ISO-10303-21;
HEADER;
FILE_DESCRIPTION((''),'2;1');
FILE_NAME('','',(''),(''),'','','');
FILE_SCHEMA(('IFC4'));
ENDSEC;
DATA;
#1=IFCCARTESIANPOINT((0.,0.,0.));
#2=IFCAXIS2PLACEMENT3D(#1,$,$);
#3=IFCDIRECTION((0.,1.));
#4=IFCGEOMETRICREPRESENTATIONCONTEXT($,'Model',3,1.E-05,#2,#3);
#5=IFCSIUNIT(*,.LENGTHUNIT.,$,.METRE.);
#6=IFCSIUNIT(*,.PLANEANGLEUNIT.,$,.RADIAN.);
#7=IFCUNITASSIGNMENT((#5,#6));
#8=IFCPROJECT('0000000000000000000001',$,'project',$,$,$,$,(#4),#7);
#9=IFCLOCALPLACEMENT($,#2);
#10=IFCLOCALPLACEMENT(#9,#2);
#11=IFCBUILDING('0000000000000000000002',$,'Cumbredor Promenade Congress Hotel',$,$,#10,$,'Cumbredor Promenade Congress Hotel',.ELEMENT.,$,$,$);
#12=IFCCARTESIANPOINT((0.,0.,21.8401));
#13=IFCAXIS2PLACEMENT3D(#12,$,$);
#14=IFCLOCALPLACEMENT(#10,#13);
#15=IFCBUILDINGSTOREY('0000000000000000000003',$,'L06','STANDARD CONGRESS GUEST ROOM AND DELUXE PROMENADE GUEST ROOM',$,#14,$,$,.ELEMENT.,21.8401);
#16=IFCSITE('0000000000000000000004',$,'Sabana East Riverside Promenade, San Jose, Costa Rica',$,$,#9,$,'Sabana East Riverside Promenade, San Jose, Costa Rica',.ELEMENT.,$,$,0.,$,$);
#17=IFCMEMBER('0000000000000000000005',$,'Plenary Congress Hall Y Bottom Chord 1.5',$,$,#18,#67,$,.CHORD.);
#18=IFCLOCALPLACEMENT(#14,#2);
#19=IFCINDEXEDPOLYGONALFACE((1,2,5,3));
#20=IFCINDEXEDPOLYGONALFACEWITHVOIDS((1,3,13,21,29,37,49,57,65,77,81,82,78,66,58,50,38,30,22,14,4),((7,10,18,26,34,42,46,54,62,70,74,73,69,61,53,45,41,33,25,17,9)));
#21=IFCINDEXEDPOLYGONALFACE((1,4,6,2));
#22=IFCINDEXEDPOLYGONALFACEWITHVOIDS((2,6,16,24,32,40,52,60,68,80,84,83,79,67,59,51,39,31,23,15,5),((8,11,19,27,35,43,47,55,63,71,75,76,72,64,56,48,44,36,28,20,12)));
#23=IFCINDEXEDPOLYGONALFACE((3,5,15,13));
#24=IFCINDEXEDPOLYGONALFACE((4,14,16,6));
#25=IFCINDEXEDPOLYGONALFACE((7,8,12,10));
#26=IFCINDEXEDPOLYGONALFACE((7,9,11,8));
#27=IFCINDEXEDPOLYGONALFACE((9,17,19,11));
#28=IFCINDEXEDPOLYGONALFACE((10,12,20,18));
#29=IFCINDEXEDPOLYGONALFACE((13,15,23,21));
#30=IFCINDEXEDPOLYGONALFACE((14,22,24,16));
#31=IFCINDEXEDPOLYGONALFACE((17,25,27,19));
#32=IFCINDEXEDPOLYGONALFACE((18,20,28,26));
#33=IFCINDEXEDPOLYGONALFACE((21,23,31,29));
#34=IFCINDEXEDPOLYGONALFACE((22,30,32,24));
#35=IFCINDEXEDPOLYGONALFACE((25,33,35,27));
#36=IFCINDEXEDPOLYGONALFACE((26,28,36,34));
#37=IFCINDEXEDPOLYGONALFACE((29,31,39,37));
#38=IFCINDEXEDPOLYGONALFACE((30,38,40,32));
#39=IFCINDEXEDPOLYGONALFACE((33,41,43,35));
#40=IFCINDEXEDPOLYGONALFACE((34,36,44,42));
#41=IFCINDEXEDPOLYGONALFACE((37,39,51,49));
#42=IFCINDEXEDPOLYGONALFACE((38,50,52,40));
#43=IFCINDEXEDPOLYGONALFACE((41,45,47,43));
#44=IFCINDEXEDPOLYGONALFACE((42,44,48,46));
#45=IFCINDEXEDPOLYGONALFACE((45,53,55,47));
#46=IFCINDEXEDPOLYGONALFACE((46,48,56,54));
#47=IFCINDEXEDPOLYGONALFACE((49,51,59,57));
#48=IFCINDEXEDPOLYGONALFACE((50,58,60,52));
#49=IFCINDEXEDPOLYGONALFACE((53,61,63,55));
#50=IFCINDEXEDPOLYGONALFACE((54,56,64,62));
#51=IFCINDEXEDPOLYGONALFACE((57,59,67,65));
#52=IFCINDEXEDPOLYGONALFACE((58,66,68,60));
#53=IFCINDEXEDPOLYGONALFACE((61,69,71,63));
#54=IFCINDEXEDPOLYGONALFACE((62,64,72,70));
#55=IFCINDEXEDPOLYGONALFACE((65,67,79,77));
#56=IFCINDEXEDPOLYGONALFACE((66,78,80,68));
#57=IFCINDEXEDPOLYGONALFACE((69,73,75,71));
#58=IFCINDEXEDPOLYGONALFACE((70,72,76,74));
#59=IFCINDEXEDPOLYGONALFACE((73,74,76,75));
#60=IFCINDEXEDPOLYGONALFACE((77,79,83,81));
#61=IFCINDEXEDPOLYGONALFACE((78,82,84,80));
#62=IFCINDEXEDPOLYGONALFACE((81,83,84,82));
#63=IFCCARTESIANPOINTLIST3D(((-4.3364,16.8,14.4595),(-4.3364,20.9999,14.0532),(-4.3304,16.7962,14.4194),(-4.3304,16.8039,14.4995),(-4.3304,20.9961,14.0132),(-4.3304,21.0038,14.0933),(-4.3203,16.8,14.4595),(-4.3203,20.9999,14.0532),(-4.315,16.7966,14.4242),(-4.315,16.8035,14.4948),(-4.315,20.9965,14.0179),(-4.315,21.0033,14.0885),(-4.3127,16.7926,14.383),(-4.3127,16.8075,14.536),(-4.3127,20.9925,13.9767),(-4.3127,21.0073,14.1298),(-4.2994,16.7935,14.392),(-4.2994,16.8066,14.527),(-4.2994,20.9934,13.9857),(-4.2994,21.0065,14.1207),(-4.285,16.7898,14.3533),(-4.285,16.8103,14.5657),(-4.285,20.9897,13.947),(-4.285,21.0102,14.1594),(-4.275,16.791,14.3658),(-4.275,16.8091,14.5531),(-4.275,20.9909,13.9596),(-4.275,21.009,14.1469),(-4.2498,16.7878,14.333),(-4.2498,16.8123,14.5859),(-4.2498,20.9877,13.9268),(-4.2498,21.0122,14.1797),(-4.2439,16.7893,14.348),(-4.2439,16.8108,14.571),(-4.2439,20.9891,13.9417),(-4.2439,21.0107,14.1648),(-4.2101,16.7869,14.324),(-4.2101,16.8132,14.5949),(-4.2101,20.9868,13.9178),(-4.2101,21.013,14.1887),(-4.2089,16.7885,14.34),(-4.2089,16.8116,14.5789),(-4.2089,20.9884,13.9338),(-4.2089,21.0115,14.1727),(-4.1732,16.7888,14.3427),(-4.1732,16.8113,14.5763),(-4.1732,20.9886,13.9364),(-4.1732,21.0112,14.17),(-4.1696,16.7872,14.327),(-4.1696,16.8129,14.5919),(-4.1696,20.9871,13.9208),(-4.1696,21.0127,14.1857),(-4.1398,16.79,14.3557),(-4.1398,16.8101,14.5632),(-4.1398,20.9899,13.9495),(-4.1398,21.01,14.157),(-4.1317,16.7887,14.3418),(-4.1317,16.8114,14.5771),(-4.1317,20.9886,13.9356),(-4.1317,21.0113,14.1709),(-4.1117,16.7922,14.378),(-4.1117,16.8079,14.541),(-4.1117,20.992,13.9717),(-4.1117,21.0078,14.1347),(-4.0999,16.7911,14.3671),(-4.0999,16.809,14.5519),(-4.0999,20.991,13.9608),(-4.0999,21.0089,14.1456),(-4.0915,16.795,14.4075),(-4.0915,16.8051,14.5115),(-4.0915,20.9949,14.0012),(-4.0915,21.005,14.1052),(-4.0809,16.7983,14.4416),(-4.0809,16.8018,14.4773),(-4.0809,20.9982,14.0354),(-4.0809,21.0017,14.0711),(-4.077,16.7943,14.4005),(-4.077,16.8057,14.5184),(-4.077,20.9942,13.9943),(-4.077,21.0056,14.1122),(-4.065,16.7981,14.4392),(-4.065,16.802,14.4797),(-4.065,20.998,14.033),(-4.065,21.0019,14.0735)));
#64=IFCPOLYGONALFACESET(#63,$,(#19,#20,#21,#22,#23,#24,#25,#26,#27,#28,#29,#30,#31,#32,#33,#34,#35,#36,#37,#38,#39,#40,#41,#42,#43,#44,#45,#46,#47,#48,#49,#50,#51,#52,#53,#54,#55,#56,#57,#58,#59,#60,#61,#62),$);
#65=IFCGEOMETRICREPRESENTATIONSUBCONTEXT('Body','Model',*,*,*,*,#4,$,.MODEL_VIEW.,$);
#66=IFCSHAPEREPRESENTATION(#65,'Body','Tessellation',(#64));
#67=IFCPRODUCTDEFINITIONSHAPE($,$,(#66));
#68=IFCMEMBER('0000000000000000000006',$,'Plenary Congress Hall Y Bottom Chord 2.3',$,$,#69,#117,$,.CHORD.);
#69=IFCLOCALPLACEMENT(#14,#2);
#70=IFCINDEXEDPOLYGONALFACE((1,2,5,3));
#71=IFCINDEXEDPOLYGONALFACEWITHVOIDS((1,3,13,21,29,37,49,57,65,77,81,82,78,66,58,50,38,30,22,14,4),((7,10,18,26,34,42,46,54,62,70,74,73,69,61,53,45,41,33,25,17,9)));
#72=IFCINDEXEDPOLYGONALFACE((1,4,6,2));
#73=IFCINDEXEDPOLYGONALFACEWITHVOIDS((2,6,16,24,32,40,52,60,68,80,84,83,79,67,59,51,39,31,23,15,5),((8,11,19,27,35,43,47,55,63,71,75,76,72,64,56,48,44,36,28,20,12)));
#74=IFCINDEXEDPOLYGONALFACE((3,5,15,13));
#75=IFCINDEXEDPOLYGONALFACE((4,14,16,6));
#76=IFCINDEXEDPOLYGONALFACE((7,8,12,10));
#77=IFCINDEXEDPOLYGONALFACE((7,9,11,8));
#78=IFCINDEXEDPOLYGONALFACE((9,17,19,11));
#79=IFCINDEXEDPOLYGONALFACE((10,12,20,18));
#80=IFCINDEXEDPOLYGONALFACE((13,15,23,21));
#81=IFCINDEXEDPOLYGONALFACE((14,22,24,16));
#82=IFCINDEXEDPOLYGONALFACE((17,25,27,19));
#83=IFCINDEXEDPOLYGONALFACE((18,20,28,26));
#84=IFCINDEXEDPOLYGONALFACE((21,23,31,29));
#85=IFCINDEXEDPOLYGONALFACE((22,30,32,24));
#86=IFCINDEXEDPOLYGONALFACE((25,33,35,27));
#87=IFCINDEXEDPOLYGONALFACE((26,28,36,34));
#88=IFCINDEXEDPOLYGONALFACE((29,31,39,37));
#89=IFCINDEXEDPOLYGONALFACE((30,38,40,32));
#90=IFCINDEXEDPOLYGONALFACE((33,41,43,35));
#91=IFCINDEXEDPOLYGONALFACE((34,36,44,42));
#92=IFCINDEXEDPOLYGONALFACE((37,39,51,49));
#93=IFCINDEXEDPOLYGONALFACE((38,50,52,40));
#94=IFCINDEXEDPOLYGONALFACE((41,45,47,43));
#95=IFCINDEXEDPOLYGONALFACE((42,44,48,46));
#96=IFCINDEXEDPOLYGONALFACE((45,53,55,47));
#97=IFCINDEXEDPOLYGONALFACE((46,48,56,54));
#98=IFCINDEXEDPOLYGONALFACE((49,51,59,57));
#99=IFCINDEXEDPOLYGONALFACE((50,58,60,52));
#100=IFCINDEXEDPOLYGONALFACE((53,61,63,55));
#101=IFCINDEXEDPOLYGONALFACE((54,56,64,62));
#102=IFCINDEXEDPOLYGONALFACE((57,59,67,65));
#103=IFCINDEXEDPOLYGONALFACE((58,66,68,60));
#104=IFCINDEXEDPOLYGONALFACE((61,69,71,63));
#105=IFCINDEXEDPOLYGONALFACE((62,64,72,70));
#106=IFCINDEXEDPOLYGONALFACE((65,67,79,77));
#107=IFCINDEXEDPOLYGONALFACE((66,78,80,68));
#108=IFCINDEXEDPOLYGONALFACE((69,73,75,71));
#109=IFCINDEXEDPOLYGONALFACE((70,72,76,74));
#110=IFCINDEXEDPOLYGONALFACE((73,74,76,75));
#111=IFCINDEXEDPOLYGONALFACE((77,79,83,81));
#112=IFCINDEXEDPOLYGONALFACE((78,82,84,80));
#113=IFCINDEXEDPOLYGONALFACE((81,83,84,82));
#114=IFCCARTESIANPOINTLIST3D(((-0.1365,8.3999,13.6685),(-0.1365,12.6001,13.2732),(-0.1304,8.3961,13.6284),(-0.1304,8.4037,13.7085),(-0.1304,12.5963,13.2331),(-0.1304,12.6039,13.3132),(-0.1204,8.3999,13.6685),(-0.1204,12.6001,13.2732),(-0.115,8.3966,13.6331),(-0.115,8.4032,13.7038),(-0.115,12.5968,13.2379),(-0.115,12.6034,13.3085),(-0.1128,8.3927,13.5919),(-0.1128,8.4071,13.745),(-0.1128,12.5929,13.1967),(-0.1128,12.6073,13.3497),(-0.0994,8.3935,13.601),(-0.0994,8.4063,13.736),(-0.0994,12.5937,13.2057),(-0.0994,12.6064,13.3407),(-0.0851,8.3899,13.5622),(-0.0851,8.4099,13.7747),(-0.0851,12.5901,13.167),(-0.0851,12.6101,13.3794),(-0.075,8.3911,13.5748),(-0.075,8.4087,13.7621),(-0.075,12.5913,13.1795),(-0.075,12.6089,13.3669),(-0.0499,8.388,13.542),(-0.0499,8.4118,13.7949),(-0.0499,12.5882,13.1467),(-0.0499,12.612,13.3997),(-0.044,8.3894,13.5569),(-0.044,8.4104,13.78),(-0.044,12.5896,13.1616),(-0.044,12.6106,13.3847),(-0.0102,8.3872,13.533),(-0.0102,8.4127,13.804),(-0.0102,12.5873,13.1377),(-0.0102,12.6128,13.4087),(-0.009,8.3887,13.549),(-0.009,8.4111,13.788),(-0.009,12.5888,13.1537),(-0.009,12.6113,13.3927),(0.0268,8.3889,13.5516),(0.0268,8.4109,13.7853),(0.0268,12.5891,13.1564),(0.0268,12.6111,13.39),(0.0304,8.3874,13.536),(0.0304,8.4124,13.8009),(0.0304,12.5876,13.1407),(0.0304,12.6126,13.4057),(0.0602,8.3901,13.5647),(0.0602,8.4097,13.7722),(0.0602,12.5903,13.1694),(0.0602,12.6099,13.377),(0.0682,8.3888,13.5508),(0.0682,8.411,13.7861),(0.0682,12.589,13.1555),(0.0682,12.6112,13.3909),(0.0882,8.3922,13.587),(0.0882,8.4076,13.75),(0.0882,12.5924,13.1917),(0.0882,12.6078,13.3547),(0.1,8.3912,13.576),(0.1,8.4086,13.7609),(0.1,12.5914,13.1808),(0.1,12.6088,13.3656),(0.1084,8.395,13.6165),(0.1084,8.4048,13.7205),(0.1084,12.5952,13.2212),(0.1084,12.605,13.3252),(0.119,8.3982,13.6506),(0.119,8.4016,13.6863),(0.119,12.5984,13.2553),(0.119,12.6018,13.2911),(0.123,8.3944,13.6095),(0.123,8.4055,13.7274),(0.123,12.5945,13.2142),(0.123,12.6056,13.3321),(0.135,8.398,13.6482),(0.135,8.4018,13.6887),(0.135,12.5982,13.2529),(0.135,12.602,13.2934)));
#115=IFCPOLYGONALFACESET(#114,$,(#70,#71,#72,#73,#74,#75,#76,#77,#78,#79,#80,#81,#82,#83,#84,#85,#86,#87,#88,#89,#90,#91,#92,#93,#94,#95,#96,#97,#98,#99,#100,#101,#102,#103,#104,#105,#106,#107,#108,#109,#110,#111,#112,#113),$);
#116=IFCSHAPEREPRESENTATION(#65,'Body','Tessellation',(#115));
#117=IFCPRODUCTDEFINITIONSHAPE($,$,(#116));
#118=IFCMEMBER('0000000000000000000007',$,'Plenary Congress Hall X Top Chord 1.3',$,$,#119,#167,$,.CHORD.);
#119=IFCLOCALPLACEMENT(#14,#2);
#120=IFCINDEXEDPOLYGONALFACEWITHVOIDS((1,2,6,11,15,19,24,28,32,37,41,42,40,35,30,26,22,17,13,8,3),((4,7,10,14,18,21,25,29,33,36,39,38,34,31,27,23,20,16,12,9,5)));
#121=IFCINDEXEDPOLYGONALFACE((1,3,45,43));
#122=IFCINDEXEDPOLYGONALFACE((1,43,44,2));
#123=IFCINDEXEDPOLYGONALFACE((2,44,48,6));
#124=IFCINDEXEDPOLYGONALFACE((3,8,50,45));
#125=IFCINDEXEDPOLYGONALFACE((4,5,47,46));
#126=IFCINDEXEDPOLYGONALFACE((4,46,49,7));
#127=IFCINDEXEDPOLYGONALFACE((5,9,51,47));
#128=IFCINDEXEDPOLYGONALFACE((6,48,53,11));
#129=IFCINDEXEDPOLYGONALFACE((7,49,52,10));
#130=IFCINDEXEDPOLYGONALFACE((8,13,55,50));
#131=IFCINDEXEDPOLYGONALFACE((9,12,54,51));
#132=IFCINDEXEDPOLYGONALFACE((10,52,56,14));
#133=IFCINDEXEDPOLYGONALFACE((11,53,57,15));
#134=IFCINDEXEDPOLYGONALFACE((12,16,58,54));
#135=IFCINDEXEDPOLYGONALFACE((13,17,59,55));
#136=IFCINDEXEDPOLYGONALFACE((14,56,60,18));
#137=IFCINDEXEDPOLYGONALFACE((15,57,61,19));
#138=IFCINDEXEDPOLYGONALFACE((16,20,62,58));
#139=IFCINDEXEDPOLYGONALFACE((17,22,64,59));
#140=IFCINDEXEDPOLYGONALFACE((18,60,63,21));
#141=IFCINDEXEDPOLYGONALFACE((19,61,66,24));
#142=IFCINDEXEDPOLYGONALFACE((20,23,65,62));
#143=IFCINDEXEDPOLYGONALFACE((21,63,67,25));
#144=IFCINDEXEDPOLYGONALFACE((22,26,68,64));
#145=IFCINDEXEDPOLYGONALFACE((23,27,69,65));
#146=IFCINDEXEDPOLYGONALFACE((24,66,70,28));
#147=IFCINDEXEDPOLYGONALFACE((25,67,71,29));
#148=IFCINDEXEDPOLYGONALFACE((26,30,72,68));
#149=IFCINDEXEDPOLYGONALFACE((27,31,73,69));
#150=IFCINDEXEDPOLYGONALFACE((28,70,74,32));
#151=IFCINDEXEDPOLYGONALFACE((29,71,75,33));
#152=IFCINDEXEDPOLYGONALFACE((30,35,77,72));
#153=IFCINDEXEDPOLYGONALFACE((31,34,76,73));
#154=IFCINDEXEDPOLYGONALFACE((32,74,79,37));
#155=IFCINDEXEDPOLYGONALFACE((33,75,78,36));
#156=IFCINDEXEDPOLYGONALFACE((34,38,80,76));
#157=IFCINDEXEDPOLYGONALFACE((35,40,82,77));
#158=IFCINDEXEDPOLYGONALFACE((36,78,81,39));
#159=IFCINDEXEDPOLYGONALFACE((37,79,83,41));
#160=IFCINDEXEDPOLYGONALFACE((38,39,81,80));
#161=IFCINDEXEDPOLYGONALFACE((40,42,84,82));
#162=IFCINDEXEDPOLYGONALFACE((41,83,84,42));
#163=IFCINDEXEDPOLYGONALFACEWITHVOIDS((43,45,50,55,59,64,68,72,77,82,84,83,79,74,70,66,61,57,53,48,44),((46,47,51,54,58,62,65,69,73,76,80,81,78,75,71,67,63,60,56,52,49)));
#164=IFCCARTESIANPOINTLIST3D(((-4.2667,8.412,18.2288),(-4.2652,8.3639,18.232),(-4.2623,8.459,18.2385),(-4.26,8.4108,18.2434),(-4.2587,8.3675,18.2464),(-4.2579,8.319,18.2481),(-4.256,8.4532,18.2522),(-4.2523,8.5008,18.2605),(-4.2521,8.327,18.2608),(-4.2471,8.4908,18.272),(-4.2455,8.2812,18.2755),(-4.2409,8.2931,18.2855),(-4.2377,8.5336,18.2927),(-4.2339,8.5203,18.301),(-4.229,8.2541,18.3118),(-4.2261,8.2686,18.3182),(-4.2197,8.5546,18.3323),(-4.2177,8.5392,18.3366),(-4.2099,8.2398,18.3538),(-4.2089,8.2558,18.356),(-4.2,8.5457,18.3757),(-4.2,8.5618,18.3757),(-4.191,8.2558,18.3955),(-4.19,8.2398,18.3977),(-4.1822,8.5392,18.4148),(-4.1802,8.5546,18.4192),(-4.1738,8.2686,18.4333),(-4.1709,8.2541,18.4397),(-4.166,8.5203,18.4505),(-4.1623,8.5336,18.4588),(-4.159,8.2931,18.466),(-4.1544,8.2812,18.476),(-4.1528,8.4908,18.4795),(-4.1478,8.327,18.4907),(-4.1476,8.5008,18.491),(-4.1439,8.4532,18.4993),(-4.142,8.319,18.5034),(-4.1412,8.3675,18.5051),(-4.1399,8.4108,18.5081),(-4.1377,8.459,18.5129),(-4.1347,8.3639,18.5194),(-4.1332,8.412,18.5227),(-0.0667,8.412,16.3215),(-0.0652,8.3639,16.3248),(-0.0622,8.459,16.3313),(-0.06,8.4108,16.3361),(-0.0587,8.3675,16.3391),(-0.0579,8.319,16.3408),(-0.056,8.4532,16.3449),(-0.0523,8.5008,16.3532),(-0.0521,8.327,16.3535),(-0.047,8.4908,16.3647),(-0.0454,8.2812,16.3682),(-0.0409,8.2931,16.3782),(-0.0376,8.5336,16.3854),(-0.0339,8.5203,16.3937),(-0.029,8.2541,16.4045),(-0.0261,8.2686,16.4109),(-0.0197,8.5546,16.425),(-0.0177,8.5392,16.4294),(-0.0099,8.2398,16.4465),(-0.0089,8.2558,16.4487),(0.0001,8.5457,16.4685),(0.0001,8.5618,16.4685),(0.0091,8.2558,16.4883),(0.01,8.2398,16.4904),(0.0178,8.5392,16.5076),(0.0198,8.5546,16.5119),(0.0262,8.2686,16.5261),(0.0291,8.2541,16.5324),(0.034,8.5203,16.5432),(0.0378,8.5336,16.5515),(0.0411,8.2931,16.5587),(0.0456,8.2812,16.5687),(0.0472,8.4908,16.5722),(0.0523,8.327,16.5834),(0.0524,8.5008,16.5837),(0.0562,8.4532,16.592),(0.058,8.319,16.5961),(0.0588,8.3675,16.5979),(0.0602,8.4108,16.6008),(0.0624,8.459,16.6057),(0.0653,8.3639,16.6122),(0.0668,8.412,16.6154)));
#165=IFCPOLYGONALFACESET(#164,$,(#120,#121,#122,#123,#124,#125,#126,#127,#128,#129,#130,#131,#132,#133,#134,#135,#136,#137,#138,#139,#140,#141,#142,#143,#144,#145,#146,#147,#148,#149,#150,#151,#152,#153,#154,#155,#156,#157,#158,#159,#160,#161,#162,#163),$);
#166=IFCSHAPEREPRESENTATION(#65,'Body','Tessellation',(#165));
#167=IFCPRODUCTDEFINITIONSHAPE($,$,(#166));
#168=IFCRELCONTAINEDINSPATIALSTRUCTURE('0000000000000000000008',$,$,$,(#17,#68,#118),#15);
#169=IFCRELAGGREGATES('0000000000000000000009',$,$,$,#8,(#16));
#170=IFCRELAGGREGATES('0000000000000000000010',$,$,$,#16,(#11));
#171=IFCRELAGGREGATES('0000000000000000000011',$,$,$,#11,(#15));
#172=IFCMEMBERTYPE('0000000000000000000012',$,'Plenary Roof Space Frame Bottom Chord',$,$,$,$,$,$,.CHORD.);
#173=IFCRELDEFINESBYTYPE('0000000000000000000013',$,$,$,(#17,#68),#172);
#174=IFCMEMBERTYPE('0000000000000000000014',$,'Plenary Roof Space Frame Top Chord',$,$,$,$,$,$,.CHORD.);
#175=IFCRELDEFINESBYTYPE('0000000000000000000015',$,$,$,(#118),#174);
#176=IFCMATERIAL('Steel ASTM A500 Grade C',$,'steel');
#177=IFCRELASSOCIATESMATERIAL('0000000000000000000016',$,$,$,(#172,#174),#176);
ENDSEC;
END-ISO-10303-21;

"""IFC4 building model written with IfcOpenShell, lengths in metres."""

from ifc_helpers import new_model, si_unit, direction, frame, origin, origin_2d, place, context, subcontext, project, spatial, hollow_circle, extrude, material, material_profile, profile_set, type_object, element, save


model = new_model("IFC4")

# Units and contexts
model_context = context("Model", 3, precision=1e-05, world=origin(), true_north=direction((0.0, 1.0)))
body_context = subcontext(model_context, "Body", "Model", "MODEL_VIEW")
ifc_project = project(units=[si_unit("LENGTHUNIT", "METRE"), si_unit("PLANEANGLEUNIT", "RADIAN")], contexts=[model_context])

# Site, building, storey
site_placement = place(None, origin())
site = spatial("IfcSite", under=ifc_project, at=site_placement, Name="Sabana East Riverside Promenade, San Jose, Costa Rica", LongName="Sabana East Riverside Promenade, San Jose, Costa Rica", CompositionType="ELEMENT", RefElevation=0.0)
building_placement = place(site_placement, origin())
building = spatial("IfcBuilding", under=site, at=building_placement, Name="Cumbredor Promenade Congress Hotel", LongName="Cumbredor Promenade Congress Hotel", CompositionType="ELEMENT")
storey_placement = place(building_placement, frame((0.0, 0.0, 21.8401)))
storey = spatial("IfcBuildingStorey", under=building, at=storey_placement, Name="L06", Description="STANDARD CONGRESS GUEST ROOM AND DELUXE PROMENADE GUEST ROOM", CompositionType="ELEMENT", Elevation=21.8401)

# Members
ifc_material_1 = material(Name="Steel ASTM A500 Grade C", Category="steel")
ifc_material_profile_1 = material_profile(ifc_material_1, hollow_circle(Radius=0.1365, WallThickness=0.0161, at=origin_2d()), Name="CHS 273.0x16")
ifc_profile_set_1 = profile_set([ifc_material_profile_1], Name="Steel ASTM A500 Grade C")
member_type_1 = type_object("IfcMemberType", Name="Plenary Roof Space Frame Bottom Chord", PredefinedType="CHORD", material=ifc_profile_set_1)
member_1_placement = place(storey_placement, frame((-4.2, 16.8, 14.4595), z_axis=(0.0, 0.995354, -0.096278), x_axis=(-1.0, 0.0, 0.0)))
element("IfcMember", 1, at=member_1_placement, inside=storey, type_object=member_type_1, Name="Plenary Congress Hall Y Bottom Chord 1.5", PredefinedType="CHORD", context=body_context, shape_type="SweptSolid", body=[
    extrude(hollow_circle(Radius=0.1365, WallThickness=0.0161, at=origin_2d()), origin(), (0.0, 0.0, 1.0), 4.2195),
])
member_2_placement = place(storey_placement, frame((0.0, 8.3999, 13.6685), z_axis=(0.0, 0.995601, -0.093692), x_axis=(-1.0, 0.0, 0.0)))
element("IfcMember", 2, at=member_2_placement, inside=storey, type_object=member_type_1, Name="Plenary Congress Hall Y Bottom Chord 2.3", PredefinedType="CHORD", context=body_context, shape_type="SweptSolid", body=[
    extrude(hollow_circle(Radius=0.1365, WallThickness=0.0161, at=origin_2d()), origin(), (0.0, 0.0, 1.0), 4.2188),
])
ifc_material_profile_2 = material_profile(ifc_material_1, hollow_circle(Radius=0.1619, WallThickness=0.0161, at=origin_2d()), Name="CHS 323.9x16")
ifc_profile_set_2 = profile_set([ifc_material_profile_2], Name="Steel ASTM A500 Grade C")
member_type_2 = type_object("IfcMemberType", Name="Plenary Roof Space Frame Top Chord", PredefinedType="CHORD", material=ifc_profile_set_2)
member_3_placement = place(storey_placement, frame((-4.2, 8.3999, 18.3757), z_axis=(0.910517, 0.0, -0.413472), x_axis=(0.0, 1.0, 0.0)))
element("IfcMember", 3, at=member_3_placement, inside=storey, type_object=member_type_2, Name="Plenary Congress Hall X Top Chord 1.3", PredefinedType="CHORD", context=body_context, shape_type="SweptSolid", body=[
    extrude(hollow_circle(Radius=0.1619, WallThickness=0.0161, at=origin_2d()), origin(), (0.0, 0.0, 1.0), 4.6128),
])

save(model, "model.ifc")
